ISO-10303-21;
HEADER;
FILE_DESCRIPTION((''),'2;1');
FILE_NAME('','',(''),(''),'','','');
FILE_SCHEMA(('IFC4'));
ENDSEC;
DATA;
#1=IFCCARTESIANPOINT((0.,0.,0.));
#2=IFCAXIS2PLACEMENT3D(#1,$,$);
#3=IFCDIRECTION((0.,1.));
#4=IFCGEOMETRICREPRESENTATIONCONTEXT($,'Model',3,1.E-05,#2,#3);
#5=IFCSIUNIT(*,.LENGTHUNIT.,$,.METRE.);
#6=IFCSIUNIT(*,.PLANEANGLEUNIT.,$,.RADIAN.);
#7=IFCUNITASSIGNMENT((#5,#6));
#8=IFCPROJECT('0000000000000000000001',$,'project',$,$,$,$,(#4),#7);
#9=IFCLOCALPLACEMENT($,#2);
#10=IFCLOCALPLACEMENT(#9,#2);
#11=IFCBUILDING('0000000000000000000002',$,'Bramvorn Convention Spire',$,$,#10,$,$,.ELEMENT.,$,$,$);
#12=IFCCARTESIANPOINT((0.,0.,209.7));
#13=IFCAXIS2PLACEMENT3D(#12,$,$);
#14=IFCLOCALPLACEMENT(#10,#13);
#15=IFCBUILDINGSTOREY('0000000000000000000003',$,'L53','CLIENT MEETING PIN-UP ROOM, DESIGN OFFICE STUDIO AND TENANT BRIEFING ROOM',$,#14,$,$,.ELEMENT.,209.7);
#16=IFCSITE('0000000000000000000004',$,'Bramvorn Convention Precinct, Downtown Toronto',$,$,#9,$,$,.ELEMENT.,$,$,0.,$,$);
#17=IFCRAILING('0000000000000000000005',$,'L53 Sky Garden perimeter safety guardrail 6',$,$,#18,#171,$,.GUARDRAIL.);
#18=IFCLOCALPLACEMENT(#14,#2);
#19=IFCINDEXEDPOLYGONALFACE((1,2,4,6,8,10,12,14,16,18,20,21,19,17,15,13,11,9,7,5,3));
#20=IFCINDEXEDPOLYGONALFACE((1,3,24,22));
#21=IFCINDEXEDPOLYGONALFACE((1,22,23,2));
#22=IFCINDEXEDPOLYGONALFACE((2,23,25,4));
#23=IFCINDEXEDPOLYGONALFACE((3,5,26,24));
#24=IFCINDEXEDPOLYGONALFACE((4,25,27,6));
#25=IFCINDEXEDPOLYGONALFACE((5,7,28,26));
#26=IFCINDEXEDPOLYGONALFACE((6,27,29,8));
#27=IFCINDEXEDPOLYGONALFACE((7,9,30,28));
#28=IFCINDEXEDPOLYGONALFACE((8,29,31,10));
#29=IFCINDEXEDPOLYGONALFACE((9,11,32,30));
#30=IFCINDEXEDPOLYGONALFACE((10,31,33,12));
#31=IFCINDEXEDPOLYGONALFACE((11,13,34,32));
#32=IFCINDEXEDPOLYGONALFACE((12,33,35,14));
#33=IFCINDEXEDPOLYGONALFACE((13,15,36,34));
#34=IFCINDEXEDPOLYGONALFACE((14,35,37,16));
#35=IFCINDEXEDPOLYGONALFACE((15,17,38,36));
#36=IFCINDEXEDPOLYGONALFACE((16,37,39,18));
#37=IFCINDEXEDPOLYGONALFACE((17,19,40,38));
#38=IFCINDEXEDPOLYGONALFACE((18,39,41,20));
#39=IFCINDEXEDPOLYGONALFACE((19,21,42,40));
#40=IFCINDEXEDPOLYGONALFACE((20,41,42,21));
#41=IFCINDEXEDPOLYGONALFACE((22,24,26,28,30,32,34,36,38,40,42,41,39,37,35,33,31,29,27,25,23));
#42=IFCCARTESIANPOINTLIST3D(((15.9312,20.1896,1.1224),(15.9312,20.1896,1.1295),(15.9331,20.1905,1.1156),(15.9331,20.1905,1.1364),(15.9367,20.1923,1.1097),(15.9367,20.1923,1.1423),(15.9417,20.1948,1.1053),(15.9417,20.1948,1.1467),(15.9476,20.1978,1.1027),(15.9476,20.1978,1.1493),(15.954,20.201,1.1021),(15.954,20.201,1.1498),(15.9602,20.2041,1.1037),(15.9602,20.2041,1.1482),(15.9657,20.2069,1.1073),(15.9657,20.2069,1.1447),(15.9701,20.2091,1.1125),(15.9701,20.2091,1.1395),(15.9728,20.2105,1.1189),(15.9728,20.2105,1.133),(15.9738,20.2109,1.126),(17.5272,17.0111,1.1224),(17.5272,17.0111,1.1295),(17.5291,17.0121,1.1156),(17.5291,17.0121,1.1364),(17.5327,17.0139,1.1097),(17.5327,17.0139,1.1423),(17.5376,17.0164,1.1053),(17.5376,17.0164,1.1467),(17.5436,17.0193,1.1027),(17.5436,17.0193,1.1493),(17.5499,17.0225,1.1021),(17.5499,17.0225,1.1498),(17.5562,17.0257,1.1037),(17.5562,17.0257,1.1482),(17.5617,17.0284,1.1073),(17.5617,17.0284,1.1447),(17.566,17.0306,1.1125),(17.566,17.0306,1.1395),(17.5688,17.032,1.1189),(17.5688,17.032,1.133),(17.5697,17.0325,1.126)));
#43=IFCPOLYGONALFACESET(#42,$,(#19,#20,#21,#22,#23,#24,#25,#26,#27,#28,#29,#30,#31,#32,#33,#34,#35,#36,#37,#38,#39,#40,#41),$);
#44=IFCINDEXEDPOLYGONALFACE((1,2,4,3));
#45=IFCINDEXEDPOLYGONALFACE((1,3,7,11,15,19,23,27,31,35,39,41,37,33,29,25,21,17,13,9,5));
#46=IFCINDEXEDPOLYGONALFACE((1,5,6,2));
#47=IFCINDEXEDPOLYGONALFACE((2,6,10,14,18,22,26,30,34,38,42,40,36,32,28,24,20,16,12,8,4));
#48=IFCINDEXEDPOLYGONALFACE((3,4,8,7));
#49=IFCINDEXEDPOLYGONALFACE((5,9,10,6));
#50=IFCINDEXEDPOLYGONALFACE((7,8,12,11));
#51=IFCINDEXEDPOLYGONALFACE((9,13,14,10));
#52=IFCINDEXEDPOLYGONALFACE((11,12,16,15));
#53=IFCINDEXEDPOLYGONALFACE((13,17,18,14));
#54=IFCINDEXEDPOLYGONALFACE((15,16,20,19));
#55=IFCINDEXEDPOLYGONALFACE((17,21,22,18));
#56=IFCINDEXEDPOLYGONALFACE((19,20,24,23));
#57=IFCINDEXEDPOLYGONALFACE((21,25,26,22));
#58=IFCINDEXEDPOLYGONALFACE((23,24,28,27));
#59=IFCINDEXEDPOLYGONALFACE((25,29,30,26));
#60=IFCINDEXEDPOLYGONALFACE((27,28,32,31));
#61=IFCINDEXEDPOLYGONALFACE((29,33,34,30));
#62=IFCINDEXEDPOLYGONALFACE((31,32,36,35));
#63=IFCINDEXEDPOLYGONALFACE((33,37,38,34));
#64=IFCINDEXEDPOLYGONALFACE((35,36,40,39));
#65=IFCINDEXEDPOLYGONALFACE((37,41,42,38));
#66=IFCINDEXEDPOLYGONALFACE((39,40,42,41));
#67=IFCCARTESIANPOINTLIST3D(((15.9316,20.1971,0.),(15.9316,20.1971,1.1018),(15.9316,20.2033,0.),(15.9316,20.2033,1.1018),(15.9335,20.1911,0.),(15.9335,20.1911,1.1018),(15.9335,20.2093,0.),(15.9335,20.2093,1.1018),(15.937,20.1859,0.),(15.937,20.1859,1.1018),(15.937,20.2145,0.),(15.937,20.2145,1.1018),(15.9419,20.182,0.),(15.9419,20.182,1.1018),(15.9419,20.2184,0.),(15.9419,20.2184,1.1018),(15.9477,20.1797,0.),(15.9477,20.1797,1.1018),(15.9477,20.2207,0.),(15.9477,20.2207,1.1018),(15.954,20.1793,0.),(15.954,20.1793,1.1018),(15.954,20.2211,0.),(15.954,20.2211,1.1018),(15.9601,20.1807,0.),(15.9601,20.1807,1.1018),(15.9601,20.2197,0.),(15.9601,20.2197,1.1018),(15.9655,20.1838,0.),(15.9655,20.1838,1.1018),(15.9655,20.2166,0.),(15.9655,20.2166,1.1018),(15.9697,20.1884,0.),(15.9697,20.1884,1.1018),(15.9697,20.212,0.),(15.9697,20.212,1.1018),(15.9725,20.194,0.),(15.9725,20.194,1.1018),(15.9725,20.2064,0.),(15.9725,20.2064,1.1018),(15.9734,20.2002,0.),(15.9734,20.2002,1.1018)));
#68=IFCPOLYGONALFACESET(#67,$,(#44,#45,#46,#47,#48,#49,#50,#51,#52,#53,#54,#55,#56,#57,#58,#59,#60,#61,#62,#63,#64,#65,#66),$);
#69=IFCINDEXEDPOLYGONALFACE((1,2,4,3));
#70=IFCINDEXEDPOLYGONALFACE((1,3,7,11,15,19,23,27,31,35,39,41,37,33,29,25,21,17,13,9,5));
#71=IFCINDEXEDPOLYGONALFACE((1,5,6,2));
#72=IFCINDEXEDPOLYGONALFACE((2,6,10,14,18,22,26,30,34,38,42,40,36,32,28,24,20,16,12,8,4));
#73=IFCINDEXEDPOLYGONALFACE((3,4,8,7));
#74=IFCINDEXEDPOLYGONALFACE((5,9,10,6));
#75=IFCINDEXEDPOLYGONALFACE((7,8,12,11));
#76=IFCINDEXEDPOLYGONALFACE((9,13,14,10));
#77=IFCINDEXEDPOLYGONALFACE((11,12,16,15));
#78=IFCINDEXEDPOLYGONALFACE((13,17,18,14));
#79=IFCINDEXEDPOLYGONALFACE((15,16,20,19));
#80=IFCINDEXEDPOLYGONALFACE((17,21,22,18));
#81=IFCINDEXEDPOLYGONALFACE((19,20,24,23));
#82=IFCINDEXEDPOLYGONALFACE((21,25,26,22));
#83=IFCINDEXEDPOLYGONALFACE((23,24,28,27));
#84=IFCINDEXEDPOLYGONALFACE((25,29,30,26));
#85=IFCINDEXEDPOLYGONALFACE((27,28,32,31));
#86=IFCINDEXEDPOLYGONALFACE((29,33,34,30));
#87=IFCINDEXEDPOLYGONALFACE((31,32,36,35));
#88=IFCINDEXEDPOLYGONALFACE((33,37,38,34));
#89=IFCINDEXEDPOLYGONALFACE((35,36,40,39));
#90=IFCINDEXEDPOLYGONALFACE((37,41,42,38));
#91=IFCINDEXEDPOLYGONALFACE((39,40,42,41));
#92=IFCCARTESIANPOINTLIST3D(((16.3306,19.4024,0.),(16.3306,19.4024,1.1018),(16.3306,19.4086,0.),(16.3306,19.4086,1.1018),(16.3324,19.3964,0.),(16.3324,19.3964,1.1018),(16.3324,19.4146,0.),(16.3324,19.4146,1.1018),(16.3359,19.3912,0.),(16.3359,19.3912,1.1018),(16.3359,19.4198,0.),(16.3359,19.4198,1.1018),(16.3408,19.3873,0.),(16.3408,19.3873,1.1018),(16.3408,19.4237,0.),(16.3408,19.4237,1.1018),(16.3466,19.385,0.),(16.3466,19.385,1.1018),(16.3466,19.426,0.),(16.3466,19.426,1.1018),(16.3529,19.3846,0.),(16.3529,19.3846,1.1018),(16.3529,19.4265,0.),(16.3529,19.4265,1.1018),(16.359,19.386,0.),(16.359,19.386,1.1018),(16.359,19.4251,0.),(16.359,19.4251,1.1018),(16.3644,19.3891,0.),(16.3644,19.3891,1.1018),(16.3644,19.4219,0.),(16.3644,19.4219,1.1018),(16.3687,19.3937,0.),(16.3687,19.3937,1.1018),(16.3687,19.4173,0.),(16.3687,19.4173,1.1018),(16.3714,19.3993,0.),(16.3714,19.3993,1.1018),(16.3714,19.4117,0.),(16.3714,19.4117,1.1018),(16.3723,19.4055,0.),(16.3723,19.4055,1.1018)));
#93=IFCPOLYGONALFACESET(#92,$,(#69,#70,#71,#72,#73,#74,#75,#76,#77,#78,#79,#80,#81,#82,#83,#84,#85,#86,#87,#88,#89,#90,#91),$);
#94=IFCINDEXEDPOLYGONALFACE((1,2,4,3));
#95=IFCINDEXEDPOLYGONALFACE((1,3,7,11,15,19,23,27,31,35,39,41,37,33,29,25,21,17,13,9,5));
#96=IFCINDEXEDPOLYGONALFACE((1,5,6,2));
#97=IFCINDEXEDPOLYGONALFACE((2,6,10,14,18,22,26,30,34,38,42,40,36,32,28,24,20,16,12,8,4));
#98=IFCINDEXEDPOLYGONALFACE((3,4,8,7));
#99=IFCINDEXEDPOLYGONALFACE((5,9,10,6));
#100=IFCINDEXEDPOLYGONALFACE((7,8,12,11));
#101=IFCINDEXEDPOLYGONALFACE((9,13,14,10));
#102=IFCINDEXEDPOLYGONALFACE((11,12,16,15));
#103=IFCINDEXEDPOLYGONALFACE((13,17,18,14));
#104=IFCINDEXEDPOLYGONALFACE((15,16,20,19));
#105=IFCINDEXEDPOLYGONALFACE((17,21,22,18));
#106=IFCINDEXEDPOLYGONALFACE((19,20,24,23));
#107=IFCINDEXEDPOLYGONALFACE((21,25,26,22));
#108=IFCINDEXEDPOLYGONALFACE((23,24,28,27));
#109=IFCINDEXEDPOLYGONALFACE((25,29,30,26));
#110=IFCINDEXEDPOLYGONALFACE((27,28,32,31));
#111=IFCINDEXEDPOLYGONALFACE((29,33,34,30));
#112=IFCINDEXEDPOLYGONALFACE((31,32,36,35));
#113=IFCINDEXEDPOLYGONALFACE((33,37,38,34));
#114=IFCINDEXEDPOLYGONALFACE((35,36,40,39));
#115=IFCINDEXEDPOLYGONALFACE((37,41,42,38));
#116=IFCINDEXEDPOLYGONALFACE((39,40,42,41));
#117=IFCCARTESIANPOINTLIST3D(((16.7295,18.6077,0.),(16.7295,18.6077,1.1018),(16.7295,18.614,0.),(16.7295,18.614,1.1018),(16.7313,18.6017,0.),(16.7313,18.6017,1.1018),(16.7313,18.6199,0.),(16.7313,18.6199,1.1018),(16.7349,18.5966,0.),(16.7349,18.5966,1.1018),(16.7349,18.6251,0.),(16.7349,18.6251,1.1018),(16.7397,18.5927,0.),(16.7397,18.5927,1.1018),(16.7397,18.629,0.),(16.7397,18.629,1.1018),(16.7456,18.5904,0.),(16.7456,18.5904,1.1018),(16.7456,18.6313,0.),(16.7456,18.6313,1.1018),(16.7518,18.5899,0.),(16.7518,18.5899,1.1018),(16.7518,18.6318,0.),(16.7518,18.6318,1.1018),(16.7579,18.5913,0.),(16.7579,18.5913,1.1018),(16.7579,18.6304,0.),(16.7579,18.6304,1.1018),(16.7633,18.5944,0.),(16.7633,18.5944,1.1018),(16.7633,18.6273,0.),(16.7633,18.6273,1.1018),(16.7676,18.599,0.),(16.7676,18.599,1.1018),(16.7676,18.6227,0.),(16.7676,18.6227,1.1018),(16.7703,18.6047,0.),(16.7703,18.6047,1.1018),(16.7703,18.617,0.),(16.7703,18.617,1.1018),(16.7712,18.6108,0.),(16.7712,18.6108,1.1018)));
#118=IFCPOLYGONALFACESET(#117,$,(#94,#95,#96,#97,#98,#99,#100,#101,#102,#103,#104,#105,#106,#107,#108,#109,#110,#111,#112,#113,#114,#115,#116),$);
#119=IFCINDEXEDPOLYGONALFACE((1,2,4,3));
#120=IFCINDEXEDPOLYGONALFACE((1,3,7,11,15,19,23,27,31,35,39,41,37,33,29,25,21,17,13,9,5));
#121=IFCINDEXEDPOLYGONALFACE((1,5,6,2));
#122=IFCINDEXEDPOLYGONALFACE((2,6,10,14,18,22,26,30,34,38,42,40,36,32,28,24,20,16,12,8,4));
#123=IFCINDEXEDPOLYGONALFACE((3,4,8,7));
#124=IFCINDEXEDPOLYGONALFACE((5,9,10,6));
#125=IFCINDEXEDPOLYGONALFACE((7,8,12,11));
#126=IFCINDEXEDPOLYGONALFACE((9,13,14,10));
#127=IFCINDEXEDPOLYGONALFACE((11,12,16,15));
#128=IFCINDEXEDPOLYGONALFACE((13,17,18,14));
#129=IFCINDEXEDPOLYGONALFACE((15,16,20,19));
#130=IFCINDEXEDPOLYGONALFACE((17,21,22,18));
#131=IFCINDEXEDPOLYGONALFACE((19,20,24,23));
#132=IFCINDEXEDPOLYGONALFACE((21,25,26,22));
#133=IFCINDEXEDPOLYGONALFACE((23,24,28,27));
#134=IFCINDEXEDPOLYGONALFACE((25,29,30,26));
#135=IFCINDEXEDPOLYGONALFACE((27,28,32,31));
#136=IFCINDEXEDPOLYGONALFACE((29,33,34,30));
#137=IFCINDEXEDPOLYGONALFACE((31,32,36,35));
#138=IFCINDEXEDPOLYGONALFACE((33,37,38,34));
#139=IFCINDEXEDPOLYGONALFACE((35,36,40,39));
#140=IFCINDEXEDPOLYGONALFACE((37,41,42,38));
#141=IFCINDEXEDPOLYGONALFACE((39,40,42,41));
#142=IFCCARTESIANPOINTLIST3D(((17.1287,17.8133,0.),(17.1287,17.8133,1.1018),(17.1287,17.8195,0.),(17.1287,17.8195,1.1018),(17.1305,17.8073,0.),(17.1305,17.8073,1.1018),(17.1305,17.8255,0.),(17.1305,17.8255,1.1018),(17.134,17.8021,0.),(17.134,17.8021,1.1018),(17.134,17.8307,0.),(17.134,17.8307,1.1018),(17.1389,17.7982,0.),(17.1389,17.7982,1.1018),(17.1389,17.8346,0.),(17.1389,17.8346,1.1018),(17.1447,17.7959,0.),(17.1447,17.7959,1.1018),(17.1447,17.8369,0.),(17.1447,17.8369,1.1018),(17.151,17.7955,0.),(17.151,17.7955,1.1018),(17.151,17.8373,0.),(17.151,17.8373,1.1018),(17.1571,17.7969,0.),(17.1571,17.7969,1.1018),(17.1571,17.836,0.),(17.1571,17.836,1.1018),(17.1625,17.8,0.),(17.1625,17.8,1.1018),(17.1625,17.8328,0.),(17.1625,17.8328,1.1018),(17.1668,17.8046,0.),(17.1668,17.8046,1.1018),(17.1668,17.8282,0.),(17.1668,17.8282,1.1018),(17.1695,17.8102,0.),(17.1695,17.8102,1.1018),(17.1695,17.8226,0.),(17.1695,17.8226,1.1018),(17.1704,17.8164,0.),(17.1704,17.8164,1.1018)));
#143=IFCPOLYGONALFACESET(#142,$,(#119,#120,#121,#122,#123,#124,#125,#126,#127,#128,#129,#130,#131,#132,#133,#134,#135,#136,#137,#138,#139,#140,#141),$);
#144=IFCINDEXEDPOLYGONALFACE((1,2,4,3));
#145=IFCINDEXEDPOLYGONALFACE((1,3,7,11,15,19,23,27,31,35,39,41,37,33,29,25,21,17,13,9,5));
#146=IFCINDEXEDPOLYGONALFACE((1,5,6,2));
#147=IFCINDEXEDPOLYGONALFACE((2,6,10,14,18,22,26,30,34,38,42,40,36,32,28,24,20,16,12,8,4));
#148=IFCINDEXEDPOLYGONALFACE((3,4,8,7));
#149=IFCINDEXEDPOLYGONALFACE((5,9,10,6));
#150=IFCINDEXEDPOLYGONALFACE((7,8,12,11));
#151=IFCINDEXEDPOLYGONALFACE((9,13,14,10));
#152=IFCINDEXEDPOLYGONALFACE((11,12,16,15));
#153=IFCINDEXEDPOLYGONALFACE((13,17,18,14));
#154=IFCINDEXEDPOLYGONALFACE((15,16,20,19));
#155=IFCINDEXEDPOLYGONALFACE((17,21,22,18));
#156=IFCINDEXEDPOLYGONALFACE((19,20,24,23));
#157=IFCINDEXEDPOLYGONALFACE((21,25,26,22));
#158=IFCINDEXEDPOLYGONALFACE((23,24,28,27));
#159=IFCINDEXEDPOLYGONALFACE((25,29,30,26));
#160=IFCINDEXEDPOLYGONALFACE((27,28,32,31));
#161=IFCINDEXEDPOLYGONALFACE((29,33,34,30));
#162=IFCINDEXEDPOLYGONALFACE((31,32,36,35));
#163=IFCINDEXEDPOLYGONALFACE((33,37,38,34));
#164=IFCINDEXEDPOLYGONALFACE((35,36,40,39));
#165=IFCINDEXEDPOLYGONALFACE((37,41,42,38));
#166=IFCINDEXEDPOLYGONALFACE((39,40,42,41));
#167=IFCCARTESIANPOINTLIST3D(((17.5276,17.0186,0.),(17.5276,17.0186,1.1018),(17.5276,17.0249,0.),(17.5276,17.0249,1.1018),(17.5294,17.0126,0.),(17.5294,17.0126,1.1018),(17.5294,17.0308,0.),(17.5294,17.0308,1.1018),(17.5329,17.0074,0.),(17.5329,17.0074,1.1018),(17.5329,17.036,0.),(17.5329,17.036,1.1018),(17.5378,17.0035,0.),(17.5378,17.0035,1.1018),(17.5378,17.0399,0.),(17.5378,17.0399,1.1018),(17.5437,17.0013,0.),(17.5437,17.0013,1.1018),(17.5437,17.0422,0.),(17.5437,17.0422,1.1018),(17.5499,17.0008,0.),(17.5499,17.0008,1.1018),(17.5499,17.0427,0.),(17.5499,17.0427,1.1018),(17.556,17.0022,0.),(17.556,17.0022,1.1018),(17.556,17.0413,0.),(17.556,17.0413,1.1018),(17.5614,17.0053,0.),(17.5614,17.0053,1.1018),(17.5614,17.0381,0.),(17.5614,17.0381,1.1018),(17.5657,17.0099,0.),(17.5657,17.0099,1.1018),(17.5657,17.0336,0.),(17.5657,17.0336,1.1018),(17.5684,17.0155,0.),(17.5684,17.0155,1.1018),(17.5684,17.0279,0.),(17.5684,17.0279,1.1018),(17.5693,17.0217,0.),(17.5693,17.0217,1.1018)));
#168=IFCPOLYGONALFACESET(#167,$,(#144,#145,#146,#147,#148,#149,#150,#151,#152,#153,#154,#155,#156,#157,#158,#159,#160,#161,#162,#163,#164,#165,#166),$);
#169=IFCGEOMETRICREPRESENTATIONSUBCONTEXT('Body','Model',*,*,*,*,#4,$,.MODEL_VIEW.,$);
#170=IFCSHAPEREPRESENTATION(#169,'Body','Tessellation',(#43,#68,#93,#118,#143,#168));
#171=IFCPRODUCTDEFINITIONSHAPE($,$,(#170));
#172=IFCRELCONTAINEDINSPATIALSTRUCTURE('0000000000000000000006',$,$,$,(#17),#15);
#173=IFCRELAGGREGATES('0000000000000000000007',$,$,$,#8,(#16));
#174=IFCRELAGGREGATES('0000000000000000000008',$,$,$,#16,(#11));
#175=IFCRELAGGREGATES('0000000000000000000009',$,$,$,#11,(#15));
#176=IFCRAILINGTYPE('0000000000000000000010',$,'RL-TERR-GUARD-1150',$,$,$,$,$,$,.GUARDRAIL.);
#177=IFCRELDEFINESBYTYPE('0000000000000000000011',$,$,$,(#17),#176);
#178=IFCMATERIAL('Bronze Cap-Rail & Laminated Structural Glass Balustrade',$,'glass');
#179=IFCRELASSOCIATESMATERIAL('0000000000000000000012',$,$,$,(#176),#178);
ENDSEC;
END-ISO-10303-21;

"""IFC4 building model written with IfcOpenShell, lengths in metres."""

from ifc_helpers import new_model, si_unit, direction, frame, origin, origin_2d, place, context, subcontext, project, spatial, circle, extrude, material, type_object, element, save


model = new_model("IFC4")

# Units and contexts
model_context = context("Model", 3, precision=1e-05, world=origin(), true_north=direction((0.0, 1.0)))
body_context = subcontext(model_context, "Body", "Model", "MODEL_VIEW")
ifc_project = project(units=[si_unit("LENGTHUNIT", "METRE"), si_unit("PLANEANGLEUNIT", "RADIAN")], contexts=[model_context])

# Site, building, storey
site_placement = place(None, origin())
site = spatial("IfcSite", under=ifc_project, at=site_placement, Name="Bramvorn Convention Precinct, Downtown Toronto", CompositionType="ELEMENT", RefElevation=0.0)
building_placement = place(site_placement, origin())
building = spatial("IfcBuilding", under=site, at=building_placement, Name="Bramvorn Convention Spire", CompositionType="ELEMENT")
storey_placement = place(building_placement, frame((0.0, 0.0, 209.7)))
storey = spatial("IfcBuildingStorey", under=building, at=storey_placement, Name="L53", Description="CLIENT MEETING PIN-UP ROOM, DESIGN OFFICE STUDIO AND TENANT BRIEFING ROOM", CompositionType="ELEMENT", Elevation=209.7)

# Railing
ifc_material_1 = material(Name="Bronze Cap-Rail & Laminated Structural Glass Balustrade", Category="glass")
railing_type = type_object("IfcRailingType", Name="RL-TERR-GUARD-1150", PredefinedType="GUARDRAIL", material=ifc_material_1)
railing_1_placement = place(storey_placement, frame((15.9524, 20.2002, 0.0)))
element("IfcRailing", 1, at=railing_1_placement, inside=storey, type_object=railing_type, Name="L53 Sky Garden perimeter safety guardrail 6", PredefinedType="GUARDRAIL", context=body_context, shape_type="SweptSolid", body=[
    extrude(circle(Radius=0.0239, at=origin_2d()), frame((0.0, 0.0, 1.126), z_axis=(0.448723, -0.893671, 0.0), x_axis=(0.893671, 0.448723, 0.0)), (0.0, 0.0, 1.0), 3.5566),
    extrude(circle(Radius=0.021, at=origin_2d()), origin(), (0.0, 0.0, 1.0), 1.1018),
    extrude(circle(Radius=0.021, at=origin_2d()), frame((0.3989, -0.7947, 0.0)), (0.0, 0.0, 1.0), 1.1018),
    extrude(circle(Radius=0.021, at=origin_2d()), frame((0.7979, -1.5894, 0.0)), (0.0, 0.0, 1.0), 1.1018),
    extrude(circle(Radius=0.021, at=origin_2d()), frame((1.197, -2.3838, 0.0)), (0.0, 0.0, 1.0), 1.1018),
    extrude(circle(Radius=0.021, at=origin_2d()), frame((1.5959, -3.1785, 0.0)), (0.0, 0.0, 1.0), 1.1018),
])

save(model, "model.ifc")
